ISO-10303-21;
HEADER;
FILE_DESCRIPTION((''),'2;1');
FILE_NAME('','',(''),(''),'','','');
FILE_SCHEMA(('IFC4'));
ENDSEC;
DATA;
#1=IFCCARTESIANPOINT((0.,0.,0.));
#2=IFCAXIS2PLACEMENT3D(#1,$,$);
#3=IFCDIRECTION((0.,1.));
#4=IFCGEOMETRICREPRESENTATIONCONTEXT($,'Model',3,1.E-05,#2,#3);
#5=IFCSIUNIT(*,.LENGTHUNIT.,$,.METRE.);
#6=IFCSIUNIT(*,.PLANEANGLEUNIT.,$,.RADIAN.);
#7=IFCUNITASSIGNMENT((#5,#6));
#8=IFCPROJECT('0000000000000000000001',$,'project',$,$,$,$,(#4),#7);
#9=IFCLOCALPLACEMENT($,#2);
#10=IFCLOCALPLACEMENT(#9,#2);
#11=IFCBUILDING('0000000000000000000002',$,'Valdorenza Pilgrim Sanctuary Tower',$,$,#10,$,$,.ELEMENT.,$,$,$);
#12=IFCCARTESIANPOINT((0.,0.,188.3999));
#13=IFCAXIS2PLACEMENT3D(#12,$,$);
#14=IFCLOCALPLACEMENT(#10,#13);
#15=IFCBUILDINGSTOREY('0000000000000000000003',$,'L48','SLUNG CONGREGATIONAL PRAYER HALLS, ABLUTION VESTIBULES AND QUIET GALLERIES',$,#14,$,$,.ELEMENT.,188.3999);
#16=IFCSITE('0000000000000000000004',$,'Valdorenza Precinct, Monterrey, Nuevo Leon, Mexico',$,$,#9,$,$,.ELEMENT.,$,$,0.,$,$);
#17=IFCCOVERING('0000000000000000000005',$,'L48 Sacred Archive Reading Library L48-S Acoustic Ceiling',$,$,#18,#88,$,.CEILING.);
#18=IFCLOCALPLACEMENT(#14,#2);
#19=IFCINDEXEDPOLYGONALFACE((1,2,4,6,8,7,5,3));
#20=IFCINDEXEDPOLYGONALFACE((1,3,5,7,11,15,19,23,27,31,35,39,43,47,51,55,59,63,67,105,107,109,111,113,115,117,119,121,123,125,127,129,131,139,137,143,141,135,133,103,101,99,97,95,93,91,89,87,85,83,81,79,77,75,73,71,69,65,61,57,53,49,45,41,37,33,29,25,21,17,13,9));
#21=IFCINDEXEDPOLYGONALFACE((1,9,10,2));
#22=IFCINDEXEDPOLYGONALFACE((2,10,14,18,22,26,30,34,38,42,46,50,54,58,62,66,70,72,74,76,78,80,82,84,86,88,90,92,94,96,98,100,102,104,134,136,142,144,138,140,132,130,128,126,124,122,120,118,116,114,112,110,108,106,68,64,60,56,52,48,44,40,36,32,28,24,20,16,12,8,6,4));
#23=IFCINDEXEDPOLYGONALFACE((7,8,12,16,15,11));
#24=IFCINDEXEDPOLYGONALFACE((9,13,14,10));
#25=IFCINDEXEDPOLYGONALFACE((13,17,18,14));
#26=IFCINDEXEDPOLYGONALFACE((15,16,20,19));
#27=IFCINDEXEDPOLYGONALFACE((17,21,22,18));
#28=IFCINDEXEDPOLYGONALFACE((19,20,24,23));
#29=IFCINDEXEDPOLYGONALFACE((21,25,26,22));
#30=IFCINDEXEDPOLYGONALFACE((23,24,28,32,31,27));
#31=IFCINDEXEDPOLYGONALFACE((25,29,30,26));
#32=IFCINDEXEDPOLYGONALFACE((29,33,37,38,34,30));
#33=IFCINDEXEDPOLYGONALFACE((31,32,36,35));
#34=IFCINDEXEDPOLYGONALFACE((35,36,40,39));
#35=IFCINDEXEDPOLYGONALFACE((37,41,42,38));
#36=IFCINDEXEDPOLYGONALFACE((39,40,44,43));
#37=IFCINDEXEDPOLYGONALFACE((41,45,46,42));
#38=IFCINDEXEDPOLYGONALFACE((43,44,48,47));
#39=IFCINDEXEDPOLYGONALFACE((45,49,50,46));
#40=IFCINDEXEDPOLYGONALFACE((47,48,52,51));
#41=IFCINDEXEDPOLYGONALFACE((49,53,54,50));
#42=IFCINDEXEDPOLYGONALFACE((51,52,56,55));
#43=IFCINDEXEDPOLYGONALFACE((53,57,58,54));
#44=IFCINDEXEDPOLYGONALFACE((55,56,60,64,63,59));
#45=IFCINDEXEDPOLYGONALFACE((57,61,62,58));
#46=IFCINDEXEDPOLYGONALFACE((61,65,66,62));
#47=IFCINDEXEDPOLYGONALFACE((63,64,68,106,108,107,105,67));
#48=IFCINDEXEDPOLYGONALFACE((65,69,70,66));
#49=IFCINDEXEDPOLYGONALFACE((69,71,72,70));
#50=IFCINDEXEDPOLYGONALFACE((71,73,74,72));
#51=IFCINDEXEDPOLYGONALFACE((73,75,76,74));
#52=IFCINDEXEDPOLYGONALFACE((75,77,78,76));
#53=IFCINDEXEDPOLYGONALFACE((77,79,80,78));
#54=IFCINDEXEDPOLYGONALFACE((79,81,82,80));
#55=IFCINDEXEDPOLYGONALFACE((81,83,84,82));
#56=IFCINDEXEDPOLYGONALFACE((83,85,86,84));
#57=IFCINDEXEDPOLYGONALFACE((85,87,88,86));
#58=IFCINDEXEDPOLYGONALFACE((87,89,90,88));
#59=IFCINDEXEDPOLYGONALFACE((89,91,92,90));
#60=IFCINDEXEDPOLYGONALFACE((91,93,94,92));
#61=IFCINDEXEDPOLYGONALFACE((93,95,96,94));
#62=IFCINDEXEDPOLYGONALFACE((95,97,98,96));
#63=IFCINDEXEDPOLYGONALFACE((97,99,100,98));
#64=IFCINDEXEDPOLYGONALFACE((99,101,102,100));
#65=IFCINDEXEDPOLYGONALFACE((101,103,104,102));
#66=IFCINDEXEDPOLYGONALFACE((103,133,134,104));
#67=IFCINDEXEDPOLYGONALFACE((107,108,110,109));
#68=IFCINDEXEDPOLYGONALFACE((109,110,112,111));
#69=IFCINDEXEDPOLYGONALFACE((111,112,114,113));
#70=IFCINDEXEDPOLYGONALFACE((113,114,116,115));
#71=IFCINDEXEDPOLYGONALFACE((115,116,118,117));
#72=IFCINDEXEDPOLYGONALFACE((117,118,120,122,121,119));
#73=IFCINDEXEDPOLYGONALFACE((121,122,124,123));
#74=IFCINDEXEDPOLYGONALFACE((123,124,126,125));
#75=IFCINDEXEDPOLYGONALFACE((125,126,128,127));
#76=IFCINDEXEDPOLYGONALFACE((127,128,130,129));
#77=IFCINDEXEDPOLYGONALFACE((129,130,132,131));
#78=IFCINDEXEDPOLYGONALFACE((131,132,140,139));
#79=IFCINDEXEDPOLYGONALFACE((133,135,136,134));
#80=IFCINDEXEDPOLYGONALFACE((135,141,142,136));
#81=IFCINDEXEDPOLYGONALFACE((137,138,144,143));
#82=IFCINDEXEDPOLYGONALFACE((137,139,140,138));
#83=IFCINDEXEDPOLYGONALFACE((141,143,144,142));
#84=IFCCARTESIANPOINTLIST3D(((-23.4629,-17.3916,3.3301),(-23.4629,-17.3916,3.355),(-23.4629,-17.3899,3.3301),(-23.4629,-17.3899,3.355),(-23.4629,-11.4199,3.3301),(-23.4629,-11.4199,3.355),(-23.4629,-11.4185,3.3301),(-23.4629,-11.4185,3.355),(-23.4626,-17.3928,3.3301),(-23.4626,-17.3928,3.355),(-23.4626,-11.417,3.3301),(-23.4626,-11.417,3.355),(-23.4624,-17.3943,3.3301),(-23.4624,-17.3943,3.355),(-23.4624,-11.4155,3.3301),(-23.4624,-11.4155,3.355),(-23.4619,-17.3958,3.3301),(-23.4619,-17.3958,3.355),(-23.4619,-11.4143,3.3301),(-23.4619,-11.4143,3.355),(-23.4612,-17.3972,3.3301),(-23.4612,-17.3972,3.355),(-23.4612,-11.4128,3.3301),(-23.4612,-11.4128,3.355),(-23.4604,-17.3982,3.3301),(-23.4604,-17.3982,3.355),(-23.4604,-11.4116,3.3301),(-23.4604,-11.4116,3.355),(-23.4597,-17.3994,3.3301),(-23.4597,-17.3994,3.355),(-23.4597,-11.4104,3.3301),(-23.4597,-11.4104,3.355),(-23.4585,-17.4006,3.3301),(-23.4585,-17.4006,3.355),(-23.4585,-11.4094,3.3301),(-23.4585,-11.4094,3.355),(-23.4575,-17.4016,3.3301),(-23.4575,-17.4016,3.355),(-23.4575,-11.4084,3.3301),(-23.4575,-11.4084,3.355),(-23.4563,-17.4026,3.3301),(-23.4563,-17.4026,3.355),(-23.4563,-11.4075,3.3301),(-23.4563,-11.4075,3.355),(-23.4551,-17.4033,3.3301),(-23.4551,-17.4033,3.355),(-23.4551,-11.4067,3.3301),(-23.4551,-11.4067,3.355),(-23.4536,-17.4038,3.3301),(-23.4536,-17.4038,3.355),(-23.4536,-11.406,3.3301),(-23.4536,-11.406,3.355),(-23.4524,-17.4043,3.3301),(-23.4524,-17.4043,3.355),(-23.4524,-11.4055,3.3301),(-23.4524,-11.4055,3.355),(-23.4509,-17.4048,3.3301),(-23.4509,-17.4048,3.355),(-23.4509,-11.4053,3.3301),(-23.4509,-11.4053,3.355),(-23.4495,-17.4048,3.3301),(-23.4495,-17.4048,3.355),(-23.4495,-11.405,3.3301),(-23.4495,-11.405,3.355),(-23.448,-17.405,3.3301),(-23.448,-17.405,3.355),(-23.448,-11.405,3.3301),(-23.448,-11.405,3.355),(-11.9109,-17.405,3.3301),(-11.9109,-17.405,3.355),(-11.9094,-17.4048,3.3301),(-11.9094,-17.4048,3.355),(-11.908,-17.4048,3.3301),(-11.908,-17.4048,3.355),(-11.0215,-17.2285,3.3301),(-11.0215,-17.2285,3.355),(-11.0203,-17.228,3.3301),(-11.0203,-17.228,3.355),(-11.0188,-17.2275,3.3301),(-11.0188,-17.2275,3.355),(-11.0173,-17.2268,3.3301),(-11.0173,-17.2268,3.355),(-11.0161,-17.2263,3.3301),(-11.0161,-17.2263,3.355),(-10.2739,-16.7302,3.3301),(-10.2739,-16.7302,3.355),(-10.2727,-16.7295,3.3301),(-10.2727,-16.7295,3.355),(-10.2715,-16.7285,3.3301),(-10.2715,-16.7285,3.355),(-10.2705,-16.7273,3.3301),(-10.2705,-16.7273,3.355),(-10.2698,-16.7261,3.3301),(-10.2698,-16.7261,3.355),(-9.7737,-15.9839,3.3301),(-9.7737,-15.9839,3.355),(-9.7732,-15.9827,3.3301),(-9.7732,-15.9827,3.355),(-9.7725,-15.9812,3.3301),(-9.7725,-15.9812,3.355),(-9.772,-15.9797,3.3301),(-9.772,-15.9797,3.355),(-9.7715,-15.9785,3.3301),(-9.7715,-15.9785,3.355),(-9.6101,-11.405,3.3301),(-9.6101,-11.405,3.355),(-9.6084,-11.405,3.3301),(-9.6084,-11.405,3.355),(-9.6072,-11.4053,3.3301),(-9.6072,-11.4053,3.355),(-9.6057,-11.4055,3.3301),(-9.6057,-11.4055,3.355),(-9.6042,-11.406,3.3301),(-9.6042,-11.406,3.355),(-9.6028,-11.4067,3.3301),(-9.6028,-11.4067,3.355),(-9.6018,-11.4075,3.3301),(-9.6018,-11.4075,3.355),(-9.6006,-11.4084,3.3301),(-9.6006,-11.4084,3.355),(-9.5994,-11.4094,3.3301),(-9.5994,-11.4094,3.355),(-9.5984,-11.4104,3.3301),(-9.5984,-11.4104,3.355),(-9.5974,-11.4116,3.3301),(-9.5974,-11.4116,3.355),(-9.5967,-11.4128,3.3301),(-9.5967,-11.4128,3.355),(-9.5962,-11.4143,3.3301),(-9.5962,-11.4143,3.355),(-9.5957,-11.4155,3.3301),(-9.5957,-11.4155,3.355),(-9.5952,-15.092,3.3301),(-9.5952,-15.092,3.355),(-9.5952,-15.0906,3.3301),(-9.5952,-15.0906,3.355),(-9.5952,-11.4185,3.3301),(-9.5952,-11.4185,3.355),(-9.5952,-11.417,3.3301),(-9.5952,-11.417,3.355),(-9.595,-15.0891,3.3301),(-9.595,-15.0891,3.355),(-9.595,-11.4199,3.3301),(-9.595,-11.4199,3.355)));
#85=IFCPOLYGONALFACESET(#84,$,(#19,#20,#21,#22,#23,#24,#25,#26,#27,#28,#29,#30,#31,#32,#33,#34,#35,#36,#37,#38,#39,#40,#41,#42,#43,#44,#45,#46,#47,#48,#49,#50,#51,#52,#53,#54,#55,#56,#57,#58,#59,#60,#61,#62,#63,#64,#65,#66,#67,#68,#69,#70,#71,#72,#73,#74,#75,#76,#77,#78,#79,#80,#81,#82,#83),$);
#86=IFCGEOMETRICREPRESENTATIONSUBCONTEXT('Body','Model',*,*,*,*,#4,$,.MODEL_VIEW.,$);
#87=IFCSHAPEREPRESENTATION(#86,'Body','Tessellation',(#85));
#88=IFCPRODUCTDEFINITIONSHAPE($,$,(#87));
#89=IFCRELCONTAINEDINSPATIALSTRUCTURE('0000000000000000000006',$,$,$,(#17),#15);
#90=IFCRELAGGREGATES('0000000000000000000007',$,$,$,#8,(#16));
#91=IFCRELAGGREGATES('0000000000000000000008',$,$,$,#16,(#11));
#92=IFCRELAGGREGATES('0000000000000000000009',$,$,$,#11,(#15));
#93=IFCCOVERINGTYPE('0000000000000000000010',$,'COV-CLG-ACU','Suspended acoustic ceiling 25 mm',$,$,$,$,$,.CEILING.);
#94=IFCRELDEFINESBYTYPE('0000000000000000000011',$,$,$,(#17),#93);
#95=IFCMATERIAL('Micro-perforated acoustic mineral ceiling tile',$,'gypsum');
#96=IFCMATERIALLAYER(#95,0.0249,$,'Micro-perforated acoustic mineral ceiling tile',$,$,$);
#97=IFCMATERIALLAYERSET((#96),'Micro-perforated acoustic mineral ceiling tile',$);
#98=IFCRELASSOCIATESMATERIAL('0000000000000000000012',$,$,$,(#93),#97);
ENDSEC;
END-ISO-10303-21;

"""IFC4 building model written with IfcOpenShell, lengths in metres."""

from ifc_helpers import new_model, si_unit, direction, frame, origin, place, context, subcontext, project, spatial, polyline, outline, extrude, material, layer, layer_set, type_object, element, save


model = new_model("IFC4")

# Units and contexts
model_context = context("Model", 3, precision=1e-05, world=origin(), true_north=direction((0.0, 1.0)))
body_context = subcontext(model_context, "Body", "Model", "MODEL_VIEW")
ifc_project = project(units=[si_unit("LENGTHUNIT", "METRE"), si_unit("PLANEANGLEUNIT", "RADIAN")], contexts=[model_context])

# Site, building, storey
site_placement = place(None, origin())
site = spatial("IfcSite", under=ifc_project, at=site_placement, Name="Valdorenza Precinct, Monterrey, Nuevo Leon, Mexico", CompositionType="ELEMENT", RefElevation=0.0)
building_placement = place(site_placement, origin())
building = spatial("IfcBuilding", under=site, at=building_placement, Name="Valdorenza Pilgrim Sanctuary Tower", CompositionType="ELEMENT")
storey_placement = place(building_placement, frame((0.0, 0.0, 188.3999)))
storey = spatial("IfcBuildingStorey", under=building, at=storey_placement, Name="L48", Description="SLUNG CONGREGATIONAL PRAYER HALLS, ABLUTION VESTIBULES AND QUIET GALLERIES", CompositionType="ELEMENT", Elevation=188.3999)

# Covering
ifc_material_1 = material(Name="Micro-perforated acoustic mineral ceiling tile", Category="gypsum")
ifc_layer_1 = layer(ifc_material_1, 0.0249, Name="Micro-perforated acoustic mineral ceiling tile")
ifc_layer_set_1 = layer_set([ifc_layer_1], Name="Micro-perforated acoustic mineral ceiling tile")
covering_type_1 = type_object("IfcCoveringType", Name="COV-CLG-ACU", Description="Suspended acoustic ceiling 25 mm", PredefinedType="CEILING", material=ifc_layer_set_1)
covering_1_placement = place(storey_placement, frame((0.0, 0.0, 3.3301)))
element("IfcCovering", 1, at=covering_1_placement, inside=storey, type_object=covering_type_1, Name="L48 Sacred Archive Reading Library L48-S Acoustic Ceiling", PredefinedType="CEILING", context=body_context, shape_type="SweptSolid", body=[
    extrude(outline(polyline([(-9.6101, -11.405), (-9.6084, -11.405), (-9.6072, -11.4053), (-9.6057, -11.4055), (-9.6042, -11.406), (-9.6028, -11.4067), (-9.6018, -11.4075), (-9.6006, -11.4084), (-9.5994, -11.4094), (-9.5984, -11.4104), (-9.5974, -11.4116), (-9.5967, -11.4128), (-9.5962, -11.4143), (-9.5957, -11.4155), (-9.5952, -11.417), (-9.5952, -11.4185), (-9.595, -11.4199), (-9.595, -15.0891), (-9.5952, -15.0906), (-9.5952, -15.092), (-9.7715, -15.9785), (-9.772, -15.9797), (-9.7725, -15.9812), (-9.7732, -15.9827), (-9.7737, -15.9839), (-10.2698, -16.7261), (-10.2705, -16.7273), (-10.2715, -16.7285), (-10.2727, -16.7295), (-10.2739, -16.7302), (-11.0161, -17.2263), (-11.0173, -17.2268), (-11.0188, -17.2275), (-11.0203, -17.228), (-11.0215, -17.2285), (-11.908, -17.4048), (-11.9094, -17.4048), (-11.9109, -17.405), (-23.448, -17.405), (-23.4495, -17.4048), (-23.4509, -17.4048), (-23.4524, -17.4043), (-23.4536, -17.4038), (-23.4551, -17.4033), (-23.4563, -17.4026), (-23.4575, -17.4016), (-23.4585, -17.4006), (-23.4597, -17.3994), (-23.4604, -17.3982), (-23.4612, -17.3972), (-23.4619, -17.3958), (-23.4624, -17.3943), (-23.4626, -17.3928), (-23.4629, -17.3916), (-23.4629, -17.3899), (-23.4629, -11.4199), (-23.4629, -11.4185), (-23.4626, -11.417), (-23.4624, -11.4155), (-23.4619, -11.4143), (-23.4612, -11.4128), (-23.4604, -11.4116), (-23.4597, -11.4104), (-23.4585, -11.4094), (-23.4575, -11.4084), (-23.4563, -11.4075), (-23.4551, -11.4067), (-23.4536, -11.406), (-23.4524, -11.4055), (-23.4509, -11.4053), (-23.4495, -11.405), (-23.448, -11.405), (-9.6101, -11.405)])), origin(), (0.0, 0.0, 1.0), 0.0249),
])

save(model, "model.ifc")
